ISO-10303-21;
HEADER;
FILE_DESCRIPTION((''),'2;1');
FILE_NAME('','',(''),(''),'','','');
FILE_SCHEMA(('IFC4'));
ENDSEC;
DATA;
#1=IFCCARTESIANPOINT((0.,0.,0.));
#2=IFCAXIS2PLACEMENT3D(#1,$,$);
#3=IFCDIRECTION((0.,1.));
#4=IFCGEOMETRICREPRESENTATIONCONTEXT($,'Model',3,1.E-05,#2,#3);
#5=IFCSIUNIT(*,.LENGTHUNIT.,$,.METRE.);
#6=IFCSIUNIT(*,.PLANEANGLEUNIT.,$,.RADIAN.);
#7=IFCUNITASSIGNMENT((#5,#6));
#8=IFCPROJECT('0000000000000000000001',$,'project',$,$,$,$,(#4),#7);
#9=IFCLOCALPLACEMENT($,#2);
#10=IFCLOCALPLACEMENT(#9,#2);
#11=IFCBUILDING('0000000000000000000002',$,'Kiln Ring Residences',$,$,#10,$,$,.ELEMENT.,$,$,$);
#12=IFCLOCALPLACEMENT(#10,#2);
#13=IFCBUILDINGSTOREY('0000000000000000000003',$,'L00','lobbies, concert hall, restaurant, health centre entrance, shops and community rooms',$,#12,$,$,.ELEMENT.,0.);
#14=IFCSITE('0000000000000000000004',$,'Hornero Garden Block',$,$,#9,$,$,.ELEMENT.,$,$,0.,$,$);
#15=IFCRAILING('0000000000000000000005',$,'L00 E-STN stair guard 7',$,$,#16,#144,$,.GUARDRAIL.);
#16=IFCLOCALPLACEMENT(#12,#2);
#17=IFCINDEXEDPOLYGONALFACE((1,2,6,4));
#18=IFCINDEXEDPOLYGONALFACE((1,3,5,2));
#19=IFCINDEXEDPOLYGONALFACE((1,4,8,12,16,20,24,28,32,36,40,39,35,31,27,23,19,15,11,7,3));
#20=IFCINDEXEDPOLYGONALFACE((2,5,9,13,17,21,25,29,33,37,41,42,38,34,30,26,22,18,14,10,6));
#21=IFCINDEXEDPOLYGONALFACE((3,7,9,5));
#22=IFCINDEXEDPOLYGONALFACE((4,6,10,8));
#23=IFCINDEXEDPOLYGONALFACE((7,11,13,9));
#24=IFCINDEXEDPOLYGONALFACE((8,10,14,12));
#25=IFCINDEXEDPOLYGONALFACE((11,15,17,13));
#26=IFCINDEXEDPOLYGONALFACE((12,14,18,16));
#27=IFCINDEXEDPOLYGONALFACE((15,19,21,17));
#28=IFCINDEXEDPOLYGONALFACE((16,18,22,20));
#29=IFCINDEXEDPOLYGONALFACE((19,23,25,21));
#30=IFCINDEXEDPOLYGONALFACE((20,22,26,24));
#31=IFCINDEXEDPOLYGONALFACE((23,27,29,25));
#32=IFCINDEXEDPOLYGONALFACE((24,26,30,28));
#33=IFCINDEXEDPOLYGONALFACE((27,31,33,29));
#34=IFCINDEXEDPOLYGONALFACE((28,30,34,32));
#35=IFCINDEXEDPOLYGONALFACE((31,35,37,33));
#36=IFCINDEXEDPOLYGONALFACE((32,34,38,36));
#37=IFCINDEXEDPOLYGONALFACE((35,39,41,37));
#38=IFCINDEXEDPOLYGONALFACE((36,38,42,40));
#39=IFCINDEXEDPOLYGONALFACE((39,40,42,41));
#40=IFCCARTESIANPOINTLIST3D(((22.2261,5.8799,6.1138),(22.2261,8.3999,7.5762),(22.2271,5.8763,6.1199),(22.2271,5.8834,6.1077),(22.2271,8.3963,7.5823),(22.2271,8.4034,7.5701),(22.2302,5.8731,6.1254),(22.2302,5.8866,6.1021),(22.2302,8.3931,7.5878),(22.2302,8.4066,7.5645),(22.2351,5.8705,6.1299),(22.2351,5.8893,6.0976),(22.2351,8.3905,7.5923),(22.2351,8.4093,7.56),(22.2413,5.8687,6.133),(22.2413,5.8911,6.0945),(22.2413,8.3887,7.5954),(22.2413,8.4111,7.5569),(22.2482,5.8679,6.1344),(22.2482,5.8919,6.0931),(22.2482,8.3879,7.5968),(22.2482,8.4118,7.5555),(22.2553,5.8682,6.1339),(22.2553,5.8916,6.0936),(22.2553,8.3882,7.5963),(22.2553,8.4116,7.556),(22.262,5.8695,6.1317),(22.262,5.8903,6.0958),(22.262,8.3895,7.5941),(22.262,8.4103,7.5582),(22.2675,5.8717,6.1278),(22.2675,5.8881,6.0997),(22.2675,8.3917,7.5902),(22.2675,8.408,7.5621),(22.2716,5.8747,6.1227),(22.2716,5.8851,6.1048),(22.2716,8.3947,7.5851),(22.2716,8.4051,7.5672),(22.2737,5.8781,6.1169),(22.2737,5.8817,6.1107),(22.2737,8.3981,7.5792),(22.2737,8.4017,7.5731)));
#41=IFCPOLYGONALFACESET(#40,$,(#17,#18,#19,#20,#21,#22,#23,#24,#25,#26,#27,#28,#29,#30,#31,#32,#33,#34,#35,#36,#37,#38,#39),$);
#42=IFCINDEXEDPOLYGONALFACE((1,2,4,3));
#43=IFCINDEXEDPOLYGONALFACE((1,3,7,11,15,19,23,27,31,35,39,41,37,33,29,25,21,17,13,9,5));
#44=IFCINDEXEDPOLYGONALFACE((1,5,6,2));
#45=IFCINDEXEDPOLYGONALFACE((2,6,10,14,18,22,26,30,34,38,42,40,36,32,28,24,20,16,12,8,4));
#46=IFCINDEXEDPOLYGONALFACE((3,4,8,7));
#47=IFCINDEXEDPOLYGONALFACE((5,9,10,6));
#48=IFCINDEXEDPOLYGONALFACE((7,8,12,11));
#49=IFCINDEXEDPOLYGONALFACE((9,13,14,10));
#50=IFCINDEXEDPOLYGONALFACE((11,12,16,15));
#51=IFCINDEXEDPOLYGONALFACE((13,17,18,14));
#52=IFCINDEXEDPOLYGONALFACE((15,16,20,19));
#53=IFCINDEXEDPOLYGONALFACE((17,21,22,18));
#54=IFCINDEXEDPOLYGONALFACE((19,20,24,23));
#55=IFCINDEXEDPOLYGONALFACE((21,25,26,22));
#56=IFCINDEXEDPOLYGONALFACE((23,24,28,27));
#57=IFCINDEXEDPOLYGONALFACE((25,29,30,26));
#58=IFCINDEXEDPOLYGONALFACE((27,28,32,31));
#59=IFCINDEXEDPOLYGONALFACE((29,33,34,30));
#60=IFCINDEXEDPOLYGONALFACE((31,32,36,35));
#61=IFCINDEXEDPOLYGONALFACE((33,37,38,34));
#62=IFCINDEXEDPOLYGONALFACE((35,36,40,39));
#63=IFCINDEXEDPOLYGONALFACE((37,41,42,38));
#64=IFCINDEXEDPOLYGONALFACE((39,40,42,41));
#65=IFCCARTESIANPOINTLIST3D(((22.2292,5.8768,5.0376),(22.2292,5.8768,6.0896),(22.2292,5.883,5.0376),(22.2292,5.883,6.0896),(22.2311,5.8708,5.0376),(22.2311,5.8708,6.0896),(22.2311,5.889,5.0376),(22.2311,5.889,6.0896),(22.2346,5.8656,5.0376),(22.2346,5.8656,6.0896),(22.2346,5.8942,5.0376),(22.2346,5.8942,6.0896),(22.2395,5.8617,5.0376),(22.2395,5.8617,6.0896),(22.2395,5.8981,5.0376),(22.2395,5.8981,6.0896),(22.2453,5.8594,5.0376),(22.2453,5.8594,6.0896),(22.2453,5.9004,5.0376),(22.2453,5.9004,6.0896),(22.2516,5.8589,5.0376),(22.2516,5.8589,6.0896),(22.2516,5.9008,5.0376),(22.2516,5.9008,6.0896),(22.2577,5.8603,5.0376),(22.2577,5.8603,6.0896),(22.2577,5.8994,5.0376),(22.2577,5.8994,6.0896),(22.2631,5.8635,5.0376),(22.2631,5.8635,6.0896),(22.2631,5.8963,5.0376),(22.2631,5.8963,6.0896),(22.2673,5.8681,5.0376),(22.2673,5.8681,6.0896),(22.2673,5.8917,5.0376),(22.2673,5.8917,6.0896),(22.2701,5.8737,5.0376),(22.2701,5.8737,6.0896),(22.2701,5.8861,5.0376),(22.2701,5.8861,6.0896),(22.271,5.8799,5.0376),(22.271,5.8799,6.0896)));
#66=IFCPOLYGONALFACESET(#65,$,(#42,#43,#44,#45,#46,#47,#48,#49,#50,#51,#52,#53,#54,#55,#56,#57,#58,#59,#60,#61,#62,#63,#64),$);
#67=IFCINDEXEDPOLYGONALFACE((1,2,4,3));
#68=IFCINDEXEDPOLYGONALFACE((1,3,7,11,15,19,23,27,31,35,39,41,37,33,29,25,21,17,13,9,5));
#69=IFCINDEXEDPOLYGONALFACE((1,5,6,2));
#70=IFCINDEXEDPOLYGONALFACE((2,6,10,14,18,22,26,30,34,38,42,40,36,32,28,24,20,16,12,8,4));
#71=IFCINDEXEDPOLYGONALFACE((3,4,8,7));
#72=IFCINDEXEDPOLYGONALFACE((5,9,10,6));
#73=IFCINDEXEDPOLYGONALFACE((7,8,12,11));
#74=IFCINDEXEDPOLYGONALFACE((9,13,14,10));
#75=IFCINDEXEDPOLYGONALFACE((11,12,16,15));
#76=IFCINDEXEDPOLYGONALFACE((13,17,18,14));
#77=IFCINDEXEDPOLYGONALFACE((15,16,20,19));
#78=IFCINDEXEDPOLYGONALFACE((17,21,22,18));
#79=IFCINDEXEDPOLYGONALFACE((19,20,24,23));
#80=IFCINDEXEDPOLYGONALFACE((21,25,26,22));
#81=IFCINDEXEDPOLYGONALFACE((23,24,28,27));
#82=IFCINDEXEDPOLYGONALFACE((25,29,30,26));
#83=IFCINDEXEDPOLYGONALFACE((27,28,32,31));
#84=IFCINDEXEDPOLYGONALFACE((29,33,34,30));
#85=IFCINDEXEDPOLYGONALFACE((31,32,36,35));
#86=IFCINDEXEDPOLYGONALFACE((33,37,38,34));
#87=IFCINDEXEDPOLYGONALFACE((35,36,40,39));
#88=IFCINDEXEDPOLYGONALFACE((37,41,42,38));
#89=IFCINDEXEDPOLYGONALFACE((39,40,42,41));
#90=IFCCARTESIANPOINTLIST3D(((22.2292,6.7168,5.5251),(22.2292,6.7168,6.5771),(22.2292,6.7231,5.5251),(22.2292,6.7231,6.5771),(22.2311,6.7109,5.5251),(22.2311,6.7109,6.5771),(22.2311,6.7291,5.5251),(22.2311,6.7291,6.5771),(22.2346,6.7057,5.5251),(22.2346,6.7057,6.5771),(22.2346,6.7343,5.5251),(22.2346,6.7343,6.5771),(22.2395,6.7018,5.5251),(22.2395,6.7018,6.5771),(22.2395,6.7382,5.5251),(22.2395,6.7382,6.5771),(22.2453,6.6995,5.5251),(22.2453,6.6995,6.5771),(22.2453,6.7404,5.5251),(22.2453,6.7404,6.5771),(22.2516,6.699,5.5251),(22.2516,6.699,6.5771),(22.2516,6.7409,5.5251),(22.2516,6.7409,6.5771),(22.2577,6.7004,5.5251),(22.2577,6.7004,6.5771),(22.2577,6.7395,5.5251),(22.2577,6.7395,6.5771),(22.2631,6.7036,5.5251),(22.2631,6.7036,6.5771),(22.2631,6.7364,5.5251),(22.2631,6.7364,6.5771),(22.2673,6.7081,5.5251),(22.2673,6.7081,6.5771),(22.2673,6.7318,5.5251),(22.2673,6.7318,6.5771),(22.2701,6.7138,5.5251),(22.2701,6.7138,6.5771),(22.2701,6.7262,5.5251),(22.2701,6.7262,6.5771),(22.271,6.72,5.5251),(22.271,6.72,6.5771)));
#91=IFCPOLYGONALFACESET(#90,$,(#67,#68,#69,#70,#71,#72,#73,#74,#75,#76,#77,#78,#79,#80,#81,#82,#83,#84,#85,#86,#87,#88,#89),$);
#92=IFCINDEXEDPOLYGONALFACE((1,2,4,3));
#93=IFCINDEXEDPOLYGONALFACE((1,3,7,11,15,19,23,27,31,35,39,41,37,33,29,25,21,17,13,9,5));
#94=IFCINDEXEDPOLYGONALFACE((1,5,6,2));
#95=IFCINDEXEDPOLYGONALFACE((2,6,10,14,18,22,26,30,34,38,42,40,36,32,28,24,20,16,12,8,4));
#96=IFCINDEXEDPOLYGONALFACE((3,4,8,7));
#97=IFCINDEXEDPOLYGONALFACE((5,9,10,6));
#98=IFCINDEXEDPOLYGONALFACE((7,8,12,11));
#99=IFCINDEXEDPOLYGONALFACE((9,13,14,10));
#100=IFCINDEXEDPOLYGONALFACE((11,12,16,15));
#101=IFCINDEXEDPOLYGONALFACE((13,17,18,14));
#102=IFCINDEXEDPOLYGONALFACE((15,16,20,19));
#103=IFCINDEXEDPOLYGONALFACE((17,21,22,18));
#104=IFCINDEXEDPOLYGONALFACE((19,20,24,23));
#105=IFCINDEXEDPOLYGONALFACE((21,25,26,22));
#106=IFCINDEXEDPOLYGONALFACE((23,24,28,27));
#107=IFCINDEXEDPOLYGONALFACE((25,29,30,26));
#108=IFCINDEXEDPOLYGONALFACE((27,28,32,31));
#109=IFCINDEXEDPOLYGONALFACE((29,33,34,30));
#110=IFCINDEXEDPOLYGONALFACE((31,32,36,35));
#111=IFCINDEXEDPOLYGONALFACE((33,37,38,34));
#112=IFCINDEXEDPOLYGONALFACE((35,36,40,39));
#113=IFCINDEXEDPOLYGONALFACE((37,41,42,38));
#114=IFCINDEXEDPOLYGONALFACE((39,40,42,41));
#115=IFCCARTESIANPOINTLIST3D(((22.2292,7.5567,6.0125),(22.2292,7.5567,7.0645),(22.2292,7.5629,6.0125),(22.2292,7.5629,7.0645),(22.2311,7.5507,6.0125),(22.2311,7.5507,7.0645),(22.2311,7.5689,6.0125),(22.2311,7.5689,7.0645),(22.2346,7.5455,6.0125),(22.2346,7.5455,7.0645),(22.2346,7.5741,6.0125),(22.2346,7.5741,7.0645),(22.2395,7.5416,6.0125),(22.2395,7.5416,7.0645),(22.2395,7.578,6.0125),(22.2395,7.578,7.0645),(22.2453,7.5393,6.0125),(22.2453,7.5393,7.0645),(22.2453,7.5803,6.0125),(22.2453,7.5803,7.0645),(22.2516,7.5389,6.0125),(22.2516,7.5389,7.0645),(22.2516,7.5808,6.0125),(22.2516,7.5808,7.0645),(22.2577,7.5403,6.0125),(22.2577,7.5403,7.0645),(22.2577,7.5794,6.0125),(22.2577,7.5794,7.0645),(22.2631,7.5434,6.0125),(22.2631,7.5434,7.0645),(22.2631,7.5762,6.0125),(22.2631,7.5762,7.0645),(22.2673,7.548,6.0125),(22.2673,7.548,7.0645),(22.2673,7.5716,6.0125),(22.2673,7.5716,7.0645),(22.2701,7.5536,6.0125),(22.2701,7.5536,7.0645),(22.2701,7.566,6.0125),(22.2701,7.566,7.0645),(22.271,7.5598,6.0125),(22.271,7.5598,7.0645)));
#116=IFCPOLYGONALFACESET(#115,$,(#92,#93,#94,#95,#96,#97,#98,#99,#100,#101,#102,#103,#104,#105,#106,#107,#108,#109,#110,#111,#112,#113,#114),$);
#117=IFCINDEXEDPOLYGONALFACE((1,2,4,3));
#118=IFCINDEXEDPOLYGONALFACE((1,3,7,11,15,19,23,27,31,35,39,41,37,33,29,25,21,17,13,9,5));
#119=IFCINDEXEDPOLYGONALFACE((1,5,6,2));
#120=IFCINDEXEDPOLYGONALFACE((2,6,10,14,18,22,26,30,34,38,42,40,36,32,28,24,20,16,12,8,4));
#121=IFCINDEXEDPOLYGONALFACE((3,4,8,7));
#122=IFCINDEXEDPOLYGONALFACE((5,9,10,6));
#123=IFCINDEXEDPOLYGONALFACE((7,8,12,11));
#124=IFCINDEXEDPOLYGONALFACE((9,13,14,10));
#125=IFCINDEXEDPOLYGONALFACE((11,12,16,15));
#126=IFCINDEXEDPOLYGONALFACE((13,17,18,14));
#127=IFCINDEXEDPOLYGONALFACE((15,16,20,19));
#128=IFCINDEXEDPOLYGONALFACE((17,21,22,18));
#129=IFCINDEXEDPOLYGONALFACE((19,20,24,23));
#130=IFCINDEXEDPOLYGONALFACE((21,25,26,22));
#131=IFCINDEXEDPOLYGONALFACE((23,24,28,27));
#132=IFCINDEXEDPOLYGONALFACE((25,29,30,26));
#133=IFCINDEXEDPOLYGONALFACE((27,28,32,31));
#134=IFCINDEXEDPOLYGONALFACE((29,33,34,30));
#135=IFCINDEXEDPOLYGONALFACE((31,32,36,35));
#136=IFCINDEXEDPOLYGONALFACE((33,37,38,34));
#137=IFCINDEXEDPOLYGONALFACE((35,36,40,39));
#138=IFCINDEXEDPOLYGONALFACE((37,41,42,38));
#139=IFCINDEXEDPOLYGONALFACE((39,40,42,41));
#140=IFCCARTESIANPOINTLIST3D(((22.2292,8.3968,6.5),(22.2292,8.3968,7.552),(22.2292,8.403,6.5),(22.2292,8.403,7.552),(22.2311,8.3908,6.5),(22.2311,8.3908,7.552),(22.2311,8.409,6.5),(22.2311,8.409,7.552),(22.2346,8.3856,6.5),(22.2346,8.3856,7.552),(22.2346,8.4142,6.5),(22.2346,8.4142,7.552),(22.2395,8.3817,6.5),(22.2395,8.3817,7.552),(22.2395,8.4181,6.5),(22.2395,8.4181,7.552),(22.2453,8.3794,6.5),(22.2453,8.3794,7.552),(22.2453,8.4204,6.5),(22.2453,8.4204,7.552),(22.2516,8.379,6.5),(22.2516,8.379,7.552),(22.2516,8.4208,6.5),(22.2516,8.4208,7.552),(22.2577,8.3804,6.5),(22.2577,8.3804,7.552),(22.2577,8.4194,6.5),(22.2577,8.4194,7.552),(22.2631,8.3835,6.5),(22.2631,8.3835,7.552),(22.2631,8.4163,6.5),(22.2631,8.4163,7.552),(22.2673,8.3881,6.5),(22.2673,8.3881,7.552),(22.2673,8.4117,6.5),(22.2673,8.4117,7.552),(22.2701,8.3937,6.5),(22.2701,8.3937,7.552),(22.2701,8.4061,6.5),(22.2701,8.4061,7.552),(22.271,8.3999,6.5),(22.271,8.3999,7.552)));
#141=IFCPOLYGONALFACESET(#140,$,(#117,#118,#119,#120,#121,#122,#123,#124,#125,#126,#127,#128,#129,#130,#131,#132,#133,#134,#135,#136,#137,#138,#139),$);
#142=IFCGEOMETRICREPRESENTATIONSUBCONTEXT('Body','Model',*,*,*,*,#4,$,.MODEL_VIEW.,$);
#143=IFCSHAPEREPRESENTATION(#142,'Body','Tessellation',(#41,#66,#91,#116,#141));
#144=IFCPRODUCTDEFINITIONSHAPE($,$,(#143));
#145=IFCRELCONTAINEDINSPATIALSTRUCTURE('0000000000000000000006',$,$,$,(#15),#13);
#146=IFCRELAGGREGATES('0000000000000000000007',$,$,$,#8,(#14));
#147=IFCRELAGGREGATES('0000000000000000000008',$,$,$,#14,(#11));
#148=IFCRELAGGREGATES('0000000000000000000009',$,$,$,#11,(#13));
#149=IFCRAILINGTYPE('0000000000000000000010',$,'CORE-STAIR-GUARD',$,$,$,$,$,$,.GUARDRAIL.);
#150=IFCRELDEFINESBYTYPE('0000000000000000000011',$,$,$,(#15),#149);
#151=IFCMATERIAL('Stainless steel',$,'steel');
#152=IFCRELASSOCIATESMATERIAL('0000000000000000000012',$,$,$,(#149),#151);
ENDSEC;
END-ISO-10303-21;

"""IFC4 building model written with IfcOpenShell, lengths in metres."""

from ifc_helpers import new_model, si_unit, direction, frame, origin, origin_2d, place, context, subcontext, project, spatial, circle, extrude, material, type_object, element, save


model = new_model("IFC4")

# Units and contexts
model_context = context("Model", 3, precision=1e-05, world=origin(), true_north=direction((0.0, 1.0)))
body_context = subcontext(model_context, "Body", "Model", "MODEL_VIEW")
ifc_project = project(units=[si_unit("LENGTHUNIT", "METRE"), si_unit("PLANEANGLEUNIT", "RADIAN")], contexts=[model_context])

# Site, building, storey
site_placement = place(None, origin())
site = spatial("IfcSite", under=ifc_project, at=site_placement, Name="Hornero Garden Block", CompositionType="ELEMENT", RefElevation=0.0)
building_placement = place(site_placement, origin())
building = spatial("IfcBuilding", under=site, at=building_placement, Name="Kiln Ring Residences", CompositionType="ELEMENT")
storey_placement = place(building_placement, origin())
storey = spatial("IfcBuildingStorey", under=building, at=storey_placement, Name="L00", Description="lobbies, concert hall, restaurant, health centre entrance, shops and community rooms", CompositionType="ELEMENT", Elevation=0.0)

# Railing
ifc_material_1 = material(Name="Stainless steel", Category="steel")
railing_type_1 = type_object("IfcRailingType", Name="CORE-STAIR-GUARD", PredefinedType="GUARDRAIL", material=ifc_material_1)
for number, where, name in (
    (1, (22.25, 5.8799, 5.0376), "L00 E-STN stair guard 7"),
):
    element("IfcRailing", number, at=place(storey_placement, frame(where)), inside=storey, type_object=railing_type_1, Name=name, PredefinedType="GUARDRAIL", context=body_context, shape_type="SweptSolid", body=[
        extrude(circle(Radius=0.0239, at=origin_2d()), frame((0.0, 0.0, 1.0762), z_axis=(0.0, 0.864913, 0.501921), x_axis=(-1.0, 0.0, 0.0)), (0.0, 0.0, 1.0), 2.9136),
        extrude(circle(Radius=0.021, at=origin_2d()), origin(), (0.0, 0.0, 1.0), 1.052),
        extrude(circle(Radius=0.021, at=origin_2d()), frame((0.0, 0.8401, 0.4875)), (0.0, 0.0, 1.0), 1.052),
        extrude(circle(Radius=0.021, at=origin_2d()), frame((0.0, 1.6799, 0.9749)), (0.0, 0.0, 1.0), 1.052),
        extrude(circle(Radius=0.021, at=origin_2d()), frame((0.0, 2.52, 1.4624)), (0.0, 0.0, 1.0), 1.052),
    ])

save(model, "model.ifc")
